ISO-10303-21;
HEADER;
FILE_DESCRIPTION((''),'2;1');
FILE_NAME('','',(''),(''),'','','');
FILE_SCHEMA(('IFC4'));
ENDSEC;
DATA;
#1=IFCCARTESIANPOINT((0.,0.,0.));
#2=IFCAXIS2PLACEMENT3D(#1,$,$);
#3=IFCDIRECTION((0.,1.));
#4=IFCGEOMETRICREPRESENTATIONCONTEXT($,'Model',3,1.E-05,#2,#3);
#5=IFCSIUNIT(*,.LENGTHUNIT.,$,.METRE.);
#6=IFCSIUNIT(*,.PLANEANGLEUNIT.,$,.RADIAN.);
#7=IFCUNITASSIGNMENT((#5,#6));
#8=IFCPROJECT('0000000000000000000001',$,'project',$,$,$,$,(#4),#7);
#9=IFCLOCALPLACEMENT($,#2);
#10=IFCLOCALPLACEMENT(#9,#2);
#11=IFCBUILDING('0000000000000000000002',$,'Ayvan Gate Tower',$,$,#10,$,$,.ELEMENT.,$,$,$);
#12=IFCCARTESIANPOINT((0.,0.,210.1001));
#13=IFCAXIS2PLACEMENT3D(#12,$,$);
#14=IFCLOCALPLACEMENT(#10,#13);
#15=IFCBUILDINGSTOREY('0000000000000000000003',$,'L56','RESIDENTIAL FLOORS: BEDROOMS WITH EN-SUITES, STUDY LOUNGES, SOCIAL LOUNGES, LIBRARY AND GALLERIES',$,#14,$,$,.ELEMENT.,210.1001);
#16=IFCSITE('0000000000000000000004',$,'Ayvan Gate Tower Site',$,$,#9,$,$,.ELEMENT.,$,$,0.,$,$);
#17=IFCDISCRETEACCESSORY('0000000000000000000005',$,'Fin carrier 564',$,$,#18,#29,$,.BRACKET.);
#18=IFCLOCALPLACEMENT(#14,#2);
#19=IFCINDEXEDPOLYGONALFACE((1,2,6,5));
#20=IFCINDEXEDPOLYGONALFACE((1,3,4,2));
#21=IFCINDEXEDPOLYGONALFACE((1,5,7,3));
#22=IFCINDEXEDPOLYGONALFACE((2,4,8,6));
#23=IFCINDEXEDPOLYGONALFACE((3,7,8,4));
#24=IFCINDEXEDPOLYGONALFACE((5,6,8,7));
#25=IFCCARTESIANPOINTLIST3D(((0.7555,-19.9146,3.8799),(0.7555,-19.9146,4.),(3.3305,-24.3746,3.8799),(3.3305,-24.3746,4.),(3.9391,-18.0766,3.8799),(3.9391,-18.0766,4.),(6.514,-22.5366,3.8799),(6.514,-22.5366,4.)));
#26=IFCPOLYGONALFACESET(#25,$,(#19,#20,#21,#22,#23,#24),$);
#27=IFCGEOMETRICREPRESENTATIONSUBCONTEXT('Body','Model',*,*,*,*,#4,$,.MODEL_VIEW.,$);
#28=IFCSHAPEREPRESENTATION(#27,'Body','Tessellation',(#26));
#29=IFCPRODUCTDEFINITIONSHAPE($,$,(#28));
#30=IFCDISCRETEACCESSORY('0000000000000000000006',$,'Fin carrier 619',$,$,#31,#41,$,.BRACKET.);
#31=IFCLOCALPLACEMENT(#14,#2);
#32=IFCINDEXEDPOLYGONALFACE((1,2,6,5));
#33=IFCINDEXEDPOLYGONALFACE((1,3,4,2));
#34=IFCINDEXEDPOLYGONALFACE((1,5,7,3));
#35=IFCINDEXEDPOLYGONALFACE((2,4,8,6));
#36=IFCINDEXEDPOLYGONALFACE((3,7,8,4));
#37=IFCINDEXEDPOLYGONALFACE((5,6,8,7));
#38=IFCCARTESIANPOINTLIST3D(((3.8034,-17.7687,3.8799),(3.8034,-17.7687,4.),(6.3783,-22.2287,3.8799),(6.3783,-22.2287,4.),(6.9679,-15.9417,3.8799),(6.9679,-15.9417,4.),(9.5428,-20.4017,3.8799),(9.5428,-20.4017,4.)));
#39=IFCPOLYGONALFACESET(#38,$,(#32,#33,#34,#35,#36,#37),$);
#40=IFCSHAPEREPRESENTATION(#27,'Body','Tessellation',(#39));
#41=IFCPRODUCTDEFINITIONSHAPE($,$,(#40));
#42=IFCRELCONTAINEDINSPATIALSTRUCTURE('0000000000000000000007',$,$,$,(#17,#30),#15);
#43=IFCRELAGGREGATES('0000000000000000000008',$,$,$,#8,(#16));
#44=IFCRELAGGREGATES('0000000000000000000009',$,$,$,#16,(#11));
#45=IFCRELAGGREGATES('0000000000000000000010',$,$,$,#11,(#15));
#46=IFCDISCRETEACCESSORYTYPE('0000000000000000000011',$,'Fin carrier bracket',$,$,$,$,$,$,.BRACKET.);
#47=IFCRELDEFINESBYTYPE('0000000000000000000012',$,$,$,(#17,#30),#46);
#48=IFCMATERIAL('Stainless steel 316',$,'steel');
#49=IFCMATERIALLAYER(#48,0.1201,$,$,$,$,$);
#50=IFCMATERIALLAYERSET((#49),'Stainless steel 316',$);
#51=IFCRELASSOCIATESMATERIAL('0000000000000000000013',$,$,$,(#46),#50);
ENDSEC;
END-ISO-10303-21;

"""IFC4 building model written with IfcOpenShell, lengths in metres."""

from ifc_helpers import new_model, si_unit, direction, frame, origin, origin_2d, place, context, subcontext, project, spatial, rectangle, extrude, material, layer, layer_set, type_object, element, save


model = new_model("IFC4")

# Units and contexts
model_context = context("Model", 3, precision=1e-05, world=origin(), true_north=direction((0.0, 1.0)))
body_context = subcontext(model_context, "Body", "Model", "MODEL_VIEW")
ifc_project = project(units=[si_unit("LENGTHUNIT", "METRE"), si_unit("PLANEANGLEUNIT", "RADIAN")], contexts=[model_context])

# Site, building, storey
site_placement = place(None, origin())
site = spatial("IfcSite", under=ifc_project, at=site_placement, Name="Ayvan Gate Tower Site", CompositionType="ELEMENT", RefElevation=0.0)
building_placement = place(site_placement, origin())
building = spatial("IfcBuilding", under=site, at=building_placement, Name="Ayvan Gate Tower", CompositionType="ELEMENT")
storey_placement = place(building_placement, frame((0.0, 0.0, 210.1001)))
storey = spatial("IfcBuildingStorey", under=building, at=storey_placement, Name="L56", Description="RESIDENTIAL FLOORS: BEDROOMS WITH EN-SUITES, STUDY LOUNGES, SOCIAL LOUNGES, LIBRARY AND GALLERIES", CompositionType="ELEMENT", Elevation=210.1001)

# Discrete accessories
ifc_material_1 = material(Name="Stainless steel 316", Category="steel")
ifc_layer_1 = layer(ifc_material_1, 0.1201)
ifc_layer_set_1 = layer_set([ifc_layer_1], Name="Stainless steel 316")
discrete_accessory_type = type_object("IfcDiscreteAccessoryType", Name="Fin carrier bracket", PredefinedType="BRACKET", material=ifc_layer_set_1)
discrete_accessory_1_placement = place(storey_placement, frame((3.6348, -21.2256, 3.8799), z_axis=(0.0, 0.0, 1.0), x_axis=(0.866025, 0.5, 0.0)))
element("IfcDiscreteAccessory", 1, at=discrete_accessory_1_placement, inside=storey, type_object=discrete_accessory_type, Name="Fin carrier 564", PredefinedType="BRACKET", context=body_context, shape_type="SweptSolid", body=[
    extrude(rectangle(XDim=3.676, YDim=5.1499, at=origin_2d()), origin(), (0.0, 0.0, 1.0), 0.1201),
])
discrete_accessory_2_placement = place(storey_placement, frame((6.6731, -19.0852, 3.8799), z_axis=(0.0, 0.0, 1.0), x_axis=(0.866025, 0.5, 0.0)))
element("IfcDiscreteAccessory", 2, at=discrete_accessory_2_placement, inside=storey, type_object=discrete_accessory_type, Name="Fin carrier 619", PredefinedType="BRACKET", context=body_context, shape_type="SweptSolid", body=[
    extrude(rectangle(XDim=3.6541, YDim=5.1499, at=origin_2d()), origin(), (0.0, 0.0, 1.0), 0.1201),
])

save(model, "model.ifc")
